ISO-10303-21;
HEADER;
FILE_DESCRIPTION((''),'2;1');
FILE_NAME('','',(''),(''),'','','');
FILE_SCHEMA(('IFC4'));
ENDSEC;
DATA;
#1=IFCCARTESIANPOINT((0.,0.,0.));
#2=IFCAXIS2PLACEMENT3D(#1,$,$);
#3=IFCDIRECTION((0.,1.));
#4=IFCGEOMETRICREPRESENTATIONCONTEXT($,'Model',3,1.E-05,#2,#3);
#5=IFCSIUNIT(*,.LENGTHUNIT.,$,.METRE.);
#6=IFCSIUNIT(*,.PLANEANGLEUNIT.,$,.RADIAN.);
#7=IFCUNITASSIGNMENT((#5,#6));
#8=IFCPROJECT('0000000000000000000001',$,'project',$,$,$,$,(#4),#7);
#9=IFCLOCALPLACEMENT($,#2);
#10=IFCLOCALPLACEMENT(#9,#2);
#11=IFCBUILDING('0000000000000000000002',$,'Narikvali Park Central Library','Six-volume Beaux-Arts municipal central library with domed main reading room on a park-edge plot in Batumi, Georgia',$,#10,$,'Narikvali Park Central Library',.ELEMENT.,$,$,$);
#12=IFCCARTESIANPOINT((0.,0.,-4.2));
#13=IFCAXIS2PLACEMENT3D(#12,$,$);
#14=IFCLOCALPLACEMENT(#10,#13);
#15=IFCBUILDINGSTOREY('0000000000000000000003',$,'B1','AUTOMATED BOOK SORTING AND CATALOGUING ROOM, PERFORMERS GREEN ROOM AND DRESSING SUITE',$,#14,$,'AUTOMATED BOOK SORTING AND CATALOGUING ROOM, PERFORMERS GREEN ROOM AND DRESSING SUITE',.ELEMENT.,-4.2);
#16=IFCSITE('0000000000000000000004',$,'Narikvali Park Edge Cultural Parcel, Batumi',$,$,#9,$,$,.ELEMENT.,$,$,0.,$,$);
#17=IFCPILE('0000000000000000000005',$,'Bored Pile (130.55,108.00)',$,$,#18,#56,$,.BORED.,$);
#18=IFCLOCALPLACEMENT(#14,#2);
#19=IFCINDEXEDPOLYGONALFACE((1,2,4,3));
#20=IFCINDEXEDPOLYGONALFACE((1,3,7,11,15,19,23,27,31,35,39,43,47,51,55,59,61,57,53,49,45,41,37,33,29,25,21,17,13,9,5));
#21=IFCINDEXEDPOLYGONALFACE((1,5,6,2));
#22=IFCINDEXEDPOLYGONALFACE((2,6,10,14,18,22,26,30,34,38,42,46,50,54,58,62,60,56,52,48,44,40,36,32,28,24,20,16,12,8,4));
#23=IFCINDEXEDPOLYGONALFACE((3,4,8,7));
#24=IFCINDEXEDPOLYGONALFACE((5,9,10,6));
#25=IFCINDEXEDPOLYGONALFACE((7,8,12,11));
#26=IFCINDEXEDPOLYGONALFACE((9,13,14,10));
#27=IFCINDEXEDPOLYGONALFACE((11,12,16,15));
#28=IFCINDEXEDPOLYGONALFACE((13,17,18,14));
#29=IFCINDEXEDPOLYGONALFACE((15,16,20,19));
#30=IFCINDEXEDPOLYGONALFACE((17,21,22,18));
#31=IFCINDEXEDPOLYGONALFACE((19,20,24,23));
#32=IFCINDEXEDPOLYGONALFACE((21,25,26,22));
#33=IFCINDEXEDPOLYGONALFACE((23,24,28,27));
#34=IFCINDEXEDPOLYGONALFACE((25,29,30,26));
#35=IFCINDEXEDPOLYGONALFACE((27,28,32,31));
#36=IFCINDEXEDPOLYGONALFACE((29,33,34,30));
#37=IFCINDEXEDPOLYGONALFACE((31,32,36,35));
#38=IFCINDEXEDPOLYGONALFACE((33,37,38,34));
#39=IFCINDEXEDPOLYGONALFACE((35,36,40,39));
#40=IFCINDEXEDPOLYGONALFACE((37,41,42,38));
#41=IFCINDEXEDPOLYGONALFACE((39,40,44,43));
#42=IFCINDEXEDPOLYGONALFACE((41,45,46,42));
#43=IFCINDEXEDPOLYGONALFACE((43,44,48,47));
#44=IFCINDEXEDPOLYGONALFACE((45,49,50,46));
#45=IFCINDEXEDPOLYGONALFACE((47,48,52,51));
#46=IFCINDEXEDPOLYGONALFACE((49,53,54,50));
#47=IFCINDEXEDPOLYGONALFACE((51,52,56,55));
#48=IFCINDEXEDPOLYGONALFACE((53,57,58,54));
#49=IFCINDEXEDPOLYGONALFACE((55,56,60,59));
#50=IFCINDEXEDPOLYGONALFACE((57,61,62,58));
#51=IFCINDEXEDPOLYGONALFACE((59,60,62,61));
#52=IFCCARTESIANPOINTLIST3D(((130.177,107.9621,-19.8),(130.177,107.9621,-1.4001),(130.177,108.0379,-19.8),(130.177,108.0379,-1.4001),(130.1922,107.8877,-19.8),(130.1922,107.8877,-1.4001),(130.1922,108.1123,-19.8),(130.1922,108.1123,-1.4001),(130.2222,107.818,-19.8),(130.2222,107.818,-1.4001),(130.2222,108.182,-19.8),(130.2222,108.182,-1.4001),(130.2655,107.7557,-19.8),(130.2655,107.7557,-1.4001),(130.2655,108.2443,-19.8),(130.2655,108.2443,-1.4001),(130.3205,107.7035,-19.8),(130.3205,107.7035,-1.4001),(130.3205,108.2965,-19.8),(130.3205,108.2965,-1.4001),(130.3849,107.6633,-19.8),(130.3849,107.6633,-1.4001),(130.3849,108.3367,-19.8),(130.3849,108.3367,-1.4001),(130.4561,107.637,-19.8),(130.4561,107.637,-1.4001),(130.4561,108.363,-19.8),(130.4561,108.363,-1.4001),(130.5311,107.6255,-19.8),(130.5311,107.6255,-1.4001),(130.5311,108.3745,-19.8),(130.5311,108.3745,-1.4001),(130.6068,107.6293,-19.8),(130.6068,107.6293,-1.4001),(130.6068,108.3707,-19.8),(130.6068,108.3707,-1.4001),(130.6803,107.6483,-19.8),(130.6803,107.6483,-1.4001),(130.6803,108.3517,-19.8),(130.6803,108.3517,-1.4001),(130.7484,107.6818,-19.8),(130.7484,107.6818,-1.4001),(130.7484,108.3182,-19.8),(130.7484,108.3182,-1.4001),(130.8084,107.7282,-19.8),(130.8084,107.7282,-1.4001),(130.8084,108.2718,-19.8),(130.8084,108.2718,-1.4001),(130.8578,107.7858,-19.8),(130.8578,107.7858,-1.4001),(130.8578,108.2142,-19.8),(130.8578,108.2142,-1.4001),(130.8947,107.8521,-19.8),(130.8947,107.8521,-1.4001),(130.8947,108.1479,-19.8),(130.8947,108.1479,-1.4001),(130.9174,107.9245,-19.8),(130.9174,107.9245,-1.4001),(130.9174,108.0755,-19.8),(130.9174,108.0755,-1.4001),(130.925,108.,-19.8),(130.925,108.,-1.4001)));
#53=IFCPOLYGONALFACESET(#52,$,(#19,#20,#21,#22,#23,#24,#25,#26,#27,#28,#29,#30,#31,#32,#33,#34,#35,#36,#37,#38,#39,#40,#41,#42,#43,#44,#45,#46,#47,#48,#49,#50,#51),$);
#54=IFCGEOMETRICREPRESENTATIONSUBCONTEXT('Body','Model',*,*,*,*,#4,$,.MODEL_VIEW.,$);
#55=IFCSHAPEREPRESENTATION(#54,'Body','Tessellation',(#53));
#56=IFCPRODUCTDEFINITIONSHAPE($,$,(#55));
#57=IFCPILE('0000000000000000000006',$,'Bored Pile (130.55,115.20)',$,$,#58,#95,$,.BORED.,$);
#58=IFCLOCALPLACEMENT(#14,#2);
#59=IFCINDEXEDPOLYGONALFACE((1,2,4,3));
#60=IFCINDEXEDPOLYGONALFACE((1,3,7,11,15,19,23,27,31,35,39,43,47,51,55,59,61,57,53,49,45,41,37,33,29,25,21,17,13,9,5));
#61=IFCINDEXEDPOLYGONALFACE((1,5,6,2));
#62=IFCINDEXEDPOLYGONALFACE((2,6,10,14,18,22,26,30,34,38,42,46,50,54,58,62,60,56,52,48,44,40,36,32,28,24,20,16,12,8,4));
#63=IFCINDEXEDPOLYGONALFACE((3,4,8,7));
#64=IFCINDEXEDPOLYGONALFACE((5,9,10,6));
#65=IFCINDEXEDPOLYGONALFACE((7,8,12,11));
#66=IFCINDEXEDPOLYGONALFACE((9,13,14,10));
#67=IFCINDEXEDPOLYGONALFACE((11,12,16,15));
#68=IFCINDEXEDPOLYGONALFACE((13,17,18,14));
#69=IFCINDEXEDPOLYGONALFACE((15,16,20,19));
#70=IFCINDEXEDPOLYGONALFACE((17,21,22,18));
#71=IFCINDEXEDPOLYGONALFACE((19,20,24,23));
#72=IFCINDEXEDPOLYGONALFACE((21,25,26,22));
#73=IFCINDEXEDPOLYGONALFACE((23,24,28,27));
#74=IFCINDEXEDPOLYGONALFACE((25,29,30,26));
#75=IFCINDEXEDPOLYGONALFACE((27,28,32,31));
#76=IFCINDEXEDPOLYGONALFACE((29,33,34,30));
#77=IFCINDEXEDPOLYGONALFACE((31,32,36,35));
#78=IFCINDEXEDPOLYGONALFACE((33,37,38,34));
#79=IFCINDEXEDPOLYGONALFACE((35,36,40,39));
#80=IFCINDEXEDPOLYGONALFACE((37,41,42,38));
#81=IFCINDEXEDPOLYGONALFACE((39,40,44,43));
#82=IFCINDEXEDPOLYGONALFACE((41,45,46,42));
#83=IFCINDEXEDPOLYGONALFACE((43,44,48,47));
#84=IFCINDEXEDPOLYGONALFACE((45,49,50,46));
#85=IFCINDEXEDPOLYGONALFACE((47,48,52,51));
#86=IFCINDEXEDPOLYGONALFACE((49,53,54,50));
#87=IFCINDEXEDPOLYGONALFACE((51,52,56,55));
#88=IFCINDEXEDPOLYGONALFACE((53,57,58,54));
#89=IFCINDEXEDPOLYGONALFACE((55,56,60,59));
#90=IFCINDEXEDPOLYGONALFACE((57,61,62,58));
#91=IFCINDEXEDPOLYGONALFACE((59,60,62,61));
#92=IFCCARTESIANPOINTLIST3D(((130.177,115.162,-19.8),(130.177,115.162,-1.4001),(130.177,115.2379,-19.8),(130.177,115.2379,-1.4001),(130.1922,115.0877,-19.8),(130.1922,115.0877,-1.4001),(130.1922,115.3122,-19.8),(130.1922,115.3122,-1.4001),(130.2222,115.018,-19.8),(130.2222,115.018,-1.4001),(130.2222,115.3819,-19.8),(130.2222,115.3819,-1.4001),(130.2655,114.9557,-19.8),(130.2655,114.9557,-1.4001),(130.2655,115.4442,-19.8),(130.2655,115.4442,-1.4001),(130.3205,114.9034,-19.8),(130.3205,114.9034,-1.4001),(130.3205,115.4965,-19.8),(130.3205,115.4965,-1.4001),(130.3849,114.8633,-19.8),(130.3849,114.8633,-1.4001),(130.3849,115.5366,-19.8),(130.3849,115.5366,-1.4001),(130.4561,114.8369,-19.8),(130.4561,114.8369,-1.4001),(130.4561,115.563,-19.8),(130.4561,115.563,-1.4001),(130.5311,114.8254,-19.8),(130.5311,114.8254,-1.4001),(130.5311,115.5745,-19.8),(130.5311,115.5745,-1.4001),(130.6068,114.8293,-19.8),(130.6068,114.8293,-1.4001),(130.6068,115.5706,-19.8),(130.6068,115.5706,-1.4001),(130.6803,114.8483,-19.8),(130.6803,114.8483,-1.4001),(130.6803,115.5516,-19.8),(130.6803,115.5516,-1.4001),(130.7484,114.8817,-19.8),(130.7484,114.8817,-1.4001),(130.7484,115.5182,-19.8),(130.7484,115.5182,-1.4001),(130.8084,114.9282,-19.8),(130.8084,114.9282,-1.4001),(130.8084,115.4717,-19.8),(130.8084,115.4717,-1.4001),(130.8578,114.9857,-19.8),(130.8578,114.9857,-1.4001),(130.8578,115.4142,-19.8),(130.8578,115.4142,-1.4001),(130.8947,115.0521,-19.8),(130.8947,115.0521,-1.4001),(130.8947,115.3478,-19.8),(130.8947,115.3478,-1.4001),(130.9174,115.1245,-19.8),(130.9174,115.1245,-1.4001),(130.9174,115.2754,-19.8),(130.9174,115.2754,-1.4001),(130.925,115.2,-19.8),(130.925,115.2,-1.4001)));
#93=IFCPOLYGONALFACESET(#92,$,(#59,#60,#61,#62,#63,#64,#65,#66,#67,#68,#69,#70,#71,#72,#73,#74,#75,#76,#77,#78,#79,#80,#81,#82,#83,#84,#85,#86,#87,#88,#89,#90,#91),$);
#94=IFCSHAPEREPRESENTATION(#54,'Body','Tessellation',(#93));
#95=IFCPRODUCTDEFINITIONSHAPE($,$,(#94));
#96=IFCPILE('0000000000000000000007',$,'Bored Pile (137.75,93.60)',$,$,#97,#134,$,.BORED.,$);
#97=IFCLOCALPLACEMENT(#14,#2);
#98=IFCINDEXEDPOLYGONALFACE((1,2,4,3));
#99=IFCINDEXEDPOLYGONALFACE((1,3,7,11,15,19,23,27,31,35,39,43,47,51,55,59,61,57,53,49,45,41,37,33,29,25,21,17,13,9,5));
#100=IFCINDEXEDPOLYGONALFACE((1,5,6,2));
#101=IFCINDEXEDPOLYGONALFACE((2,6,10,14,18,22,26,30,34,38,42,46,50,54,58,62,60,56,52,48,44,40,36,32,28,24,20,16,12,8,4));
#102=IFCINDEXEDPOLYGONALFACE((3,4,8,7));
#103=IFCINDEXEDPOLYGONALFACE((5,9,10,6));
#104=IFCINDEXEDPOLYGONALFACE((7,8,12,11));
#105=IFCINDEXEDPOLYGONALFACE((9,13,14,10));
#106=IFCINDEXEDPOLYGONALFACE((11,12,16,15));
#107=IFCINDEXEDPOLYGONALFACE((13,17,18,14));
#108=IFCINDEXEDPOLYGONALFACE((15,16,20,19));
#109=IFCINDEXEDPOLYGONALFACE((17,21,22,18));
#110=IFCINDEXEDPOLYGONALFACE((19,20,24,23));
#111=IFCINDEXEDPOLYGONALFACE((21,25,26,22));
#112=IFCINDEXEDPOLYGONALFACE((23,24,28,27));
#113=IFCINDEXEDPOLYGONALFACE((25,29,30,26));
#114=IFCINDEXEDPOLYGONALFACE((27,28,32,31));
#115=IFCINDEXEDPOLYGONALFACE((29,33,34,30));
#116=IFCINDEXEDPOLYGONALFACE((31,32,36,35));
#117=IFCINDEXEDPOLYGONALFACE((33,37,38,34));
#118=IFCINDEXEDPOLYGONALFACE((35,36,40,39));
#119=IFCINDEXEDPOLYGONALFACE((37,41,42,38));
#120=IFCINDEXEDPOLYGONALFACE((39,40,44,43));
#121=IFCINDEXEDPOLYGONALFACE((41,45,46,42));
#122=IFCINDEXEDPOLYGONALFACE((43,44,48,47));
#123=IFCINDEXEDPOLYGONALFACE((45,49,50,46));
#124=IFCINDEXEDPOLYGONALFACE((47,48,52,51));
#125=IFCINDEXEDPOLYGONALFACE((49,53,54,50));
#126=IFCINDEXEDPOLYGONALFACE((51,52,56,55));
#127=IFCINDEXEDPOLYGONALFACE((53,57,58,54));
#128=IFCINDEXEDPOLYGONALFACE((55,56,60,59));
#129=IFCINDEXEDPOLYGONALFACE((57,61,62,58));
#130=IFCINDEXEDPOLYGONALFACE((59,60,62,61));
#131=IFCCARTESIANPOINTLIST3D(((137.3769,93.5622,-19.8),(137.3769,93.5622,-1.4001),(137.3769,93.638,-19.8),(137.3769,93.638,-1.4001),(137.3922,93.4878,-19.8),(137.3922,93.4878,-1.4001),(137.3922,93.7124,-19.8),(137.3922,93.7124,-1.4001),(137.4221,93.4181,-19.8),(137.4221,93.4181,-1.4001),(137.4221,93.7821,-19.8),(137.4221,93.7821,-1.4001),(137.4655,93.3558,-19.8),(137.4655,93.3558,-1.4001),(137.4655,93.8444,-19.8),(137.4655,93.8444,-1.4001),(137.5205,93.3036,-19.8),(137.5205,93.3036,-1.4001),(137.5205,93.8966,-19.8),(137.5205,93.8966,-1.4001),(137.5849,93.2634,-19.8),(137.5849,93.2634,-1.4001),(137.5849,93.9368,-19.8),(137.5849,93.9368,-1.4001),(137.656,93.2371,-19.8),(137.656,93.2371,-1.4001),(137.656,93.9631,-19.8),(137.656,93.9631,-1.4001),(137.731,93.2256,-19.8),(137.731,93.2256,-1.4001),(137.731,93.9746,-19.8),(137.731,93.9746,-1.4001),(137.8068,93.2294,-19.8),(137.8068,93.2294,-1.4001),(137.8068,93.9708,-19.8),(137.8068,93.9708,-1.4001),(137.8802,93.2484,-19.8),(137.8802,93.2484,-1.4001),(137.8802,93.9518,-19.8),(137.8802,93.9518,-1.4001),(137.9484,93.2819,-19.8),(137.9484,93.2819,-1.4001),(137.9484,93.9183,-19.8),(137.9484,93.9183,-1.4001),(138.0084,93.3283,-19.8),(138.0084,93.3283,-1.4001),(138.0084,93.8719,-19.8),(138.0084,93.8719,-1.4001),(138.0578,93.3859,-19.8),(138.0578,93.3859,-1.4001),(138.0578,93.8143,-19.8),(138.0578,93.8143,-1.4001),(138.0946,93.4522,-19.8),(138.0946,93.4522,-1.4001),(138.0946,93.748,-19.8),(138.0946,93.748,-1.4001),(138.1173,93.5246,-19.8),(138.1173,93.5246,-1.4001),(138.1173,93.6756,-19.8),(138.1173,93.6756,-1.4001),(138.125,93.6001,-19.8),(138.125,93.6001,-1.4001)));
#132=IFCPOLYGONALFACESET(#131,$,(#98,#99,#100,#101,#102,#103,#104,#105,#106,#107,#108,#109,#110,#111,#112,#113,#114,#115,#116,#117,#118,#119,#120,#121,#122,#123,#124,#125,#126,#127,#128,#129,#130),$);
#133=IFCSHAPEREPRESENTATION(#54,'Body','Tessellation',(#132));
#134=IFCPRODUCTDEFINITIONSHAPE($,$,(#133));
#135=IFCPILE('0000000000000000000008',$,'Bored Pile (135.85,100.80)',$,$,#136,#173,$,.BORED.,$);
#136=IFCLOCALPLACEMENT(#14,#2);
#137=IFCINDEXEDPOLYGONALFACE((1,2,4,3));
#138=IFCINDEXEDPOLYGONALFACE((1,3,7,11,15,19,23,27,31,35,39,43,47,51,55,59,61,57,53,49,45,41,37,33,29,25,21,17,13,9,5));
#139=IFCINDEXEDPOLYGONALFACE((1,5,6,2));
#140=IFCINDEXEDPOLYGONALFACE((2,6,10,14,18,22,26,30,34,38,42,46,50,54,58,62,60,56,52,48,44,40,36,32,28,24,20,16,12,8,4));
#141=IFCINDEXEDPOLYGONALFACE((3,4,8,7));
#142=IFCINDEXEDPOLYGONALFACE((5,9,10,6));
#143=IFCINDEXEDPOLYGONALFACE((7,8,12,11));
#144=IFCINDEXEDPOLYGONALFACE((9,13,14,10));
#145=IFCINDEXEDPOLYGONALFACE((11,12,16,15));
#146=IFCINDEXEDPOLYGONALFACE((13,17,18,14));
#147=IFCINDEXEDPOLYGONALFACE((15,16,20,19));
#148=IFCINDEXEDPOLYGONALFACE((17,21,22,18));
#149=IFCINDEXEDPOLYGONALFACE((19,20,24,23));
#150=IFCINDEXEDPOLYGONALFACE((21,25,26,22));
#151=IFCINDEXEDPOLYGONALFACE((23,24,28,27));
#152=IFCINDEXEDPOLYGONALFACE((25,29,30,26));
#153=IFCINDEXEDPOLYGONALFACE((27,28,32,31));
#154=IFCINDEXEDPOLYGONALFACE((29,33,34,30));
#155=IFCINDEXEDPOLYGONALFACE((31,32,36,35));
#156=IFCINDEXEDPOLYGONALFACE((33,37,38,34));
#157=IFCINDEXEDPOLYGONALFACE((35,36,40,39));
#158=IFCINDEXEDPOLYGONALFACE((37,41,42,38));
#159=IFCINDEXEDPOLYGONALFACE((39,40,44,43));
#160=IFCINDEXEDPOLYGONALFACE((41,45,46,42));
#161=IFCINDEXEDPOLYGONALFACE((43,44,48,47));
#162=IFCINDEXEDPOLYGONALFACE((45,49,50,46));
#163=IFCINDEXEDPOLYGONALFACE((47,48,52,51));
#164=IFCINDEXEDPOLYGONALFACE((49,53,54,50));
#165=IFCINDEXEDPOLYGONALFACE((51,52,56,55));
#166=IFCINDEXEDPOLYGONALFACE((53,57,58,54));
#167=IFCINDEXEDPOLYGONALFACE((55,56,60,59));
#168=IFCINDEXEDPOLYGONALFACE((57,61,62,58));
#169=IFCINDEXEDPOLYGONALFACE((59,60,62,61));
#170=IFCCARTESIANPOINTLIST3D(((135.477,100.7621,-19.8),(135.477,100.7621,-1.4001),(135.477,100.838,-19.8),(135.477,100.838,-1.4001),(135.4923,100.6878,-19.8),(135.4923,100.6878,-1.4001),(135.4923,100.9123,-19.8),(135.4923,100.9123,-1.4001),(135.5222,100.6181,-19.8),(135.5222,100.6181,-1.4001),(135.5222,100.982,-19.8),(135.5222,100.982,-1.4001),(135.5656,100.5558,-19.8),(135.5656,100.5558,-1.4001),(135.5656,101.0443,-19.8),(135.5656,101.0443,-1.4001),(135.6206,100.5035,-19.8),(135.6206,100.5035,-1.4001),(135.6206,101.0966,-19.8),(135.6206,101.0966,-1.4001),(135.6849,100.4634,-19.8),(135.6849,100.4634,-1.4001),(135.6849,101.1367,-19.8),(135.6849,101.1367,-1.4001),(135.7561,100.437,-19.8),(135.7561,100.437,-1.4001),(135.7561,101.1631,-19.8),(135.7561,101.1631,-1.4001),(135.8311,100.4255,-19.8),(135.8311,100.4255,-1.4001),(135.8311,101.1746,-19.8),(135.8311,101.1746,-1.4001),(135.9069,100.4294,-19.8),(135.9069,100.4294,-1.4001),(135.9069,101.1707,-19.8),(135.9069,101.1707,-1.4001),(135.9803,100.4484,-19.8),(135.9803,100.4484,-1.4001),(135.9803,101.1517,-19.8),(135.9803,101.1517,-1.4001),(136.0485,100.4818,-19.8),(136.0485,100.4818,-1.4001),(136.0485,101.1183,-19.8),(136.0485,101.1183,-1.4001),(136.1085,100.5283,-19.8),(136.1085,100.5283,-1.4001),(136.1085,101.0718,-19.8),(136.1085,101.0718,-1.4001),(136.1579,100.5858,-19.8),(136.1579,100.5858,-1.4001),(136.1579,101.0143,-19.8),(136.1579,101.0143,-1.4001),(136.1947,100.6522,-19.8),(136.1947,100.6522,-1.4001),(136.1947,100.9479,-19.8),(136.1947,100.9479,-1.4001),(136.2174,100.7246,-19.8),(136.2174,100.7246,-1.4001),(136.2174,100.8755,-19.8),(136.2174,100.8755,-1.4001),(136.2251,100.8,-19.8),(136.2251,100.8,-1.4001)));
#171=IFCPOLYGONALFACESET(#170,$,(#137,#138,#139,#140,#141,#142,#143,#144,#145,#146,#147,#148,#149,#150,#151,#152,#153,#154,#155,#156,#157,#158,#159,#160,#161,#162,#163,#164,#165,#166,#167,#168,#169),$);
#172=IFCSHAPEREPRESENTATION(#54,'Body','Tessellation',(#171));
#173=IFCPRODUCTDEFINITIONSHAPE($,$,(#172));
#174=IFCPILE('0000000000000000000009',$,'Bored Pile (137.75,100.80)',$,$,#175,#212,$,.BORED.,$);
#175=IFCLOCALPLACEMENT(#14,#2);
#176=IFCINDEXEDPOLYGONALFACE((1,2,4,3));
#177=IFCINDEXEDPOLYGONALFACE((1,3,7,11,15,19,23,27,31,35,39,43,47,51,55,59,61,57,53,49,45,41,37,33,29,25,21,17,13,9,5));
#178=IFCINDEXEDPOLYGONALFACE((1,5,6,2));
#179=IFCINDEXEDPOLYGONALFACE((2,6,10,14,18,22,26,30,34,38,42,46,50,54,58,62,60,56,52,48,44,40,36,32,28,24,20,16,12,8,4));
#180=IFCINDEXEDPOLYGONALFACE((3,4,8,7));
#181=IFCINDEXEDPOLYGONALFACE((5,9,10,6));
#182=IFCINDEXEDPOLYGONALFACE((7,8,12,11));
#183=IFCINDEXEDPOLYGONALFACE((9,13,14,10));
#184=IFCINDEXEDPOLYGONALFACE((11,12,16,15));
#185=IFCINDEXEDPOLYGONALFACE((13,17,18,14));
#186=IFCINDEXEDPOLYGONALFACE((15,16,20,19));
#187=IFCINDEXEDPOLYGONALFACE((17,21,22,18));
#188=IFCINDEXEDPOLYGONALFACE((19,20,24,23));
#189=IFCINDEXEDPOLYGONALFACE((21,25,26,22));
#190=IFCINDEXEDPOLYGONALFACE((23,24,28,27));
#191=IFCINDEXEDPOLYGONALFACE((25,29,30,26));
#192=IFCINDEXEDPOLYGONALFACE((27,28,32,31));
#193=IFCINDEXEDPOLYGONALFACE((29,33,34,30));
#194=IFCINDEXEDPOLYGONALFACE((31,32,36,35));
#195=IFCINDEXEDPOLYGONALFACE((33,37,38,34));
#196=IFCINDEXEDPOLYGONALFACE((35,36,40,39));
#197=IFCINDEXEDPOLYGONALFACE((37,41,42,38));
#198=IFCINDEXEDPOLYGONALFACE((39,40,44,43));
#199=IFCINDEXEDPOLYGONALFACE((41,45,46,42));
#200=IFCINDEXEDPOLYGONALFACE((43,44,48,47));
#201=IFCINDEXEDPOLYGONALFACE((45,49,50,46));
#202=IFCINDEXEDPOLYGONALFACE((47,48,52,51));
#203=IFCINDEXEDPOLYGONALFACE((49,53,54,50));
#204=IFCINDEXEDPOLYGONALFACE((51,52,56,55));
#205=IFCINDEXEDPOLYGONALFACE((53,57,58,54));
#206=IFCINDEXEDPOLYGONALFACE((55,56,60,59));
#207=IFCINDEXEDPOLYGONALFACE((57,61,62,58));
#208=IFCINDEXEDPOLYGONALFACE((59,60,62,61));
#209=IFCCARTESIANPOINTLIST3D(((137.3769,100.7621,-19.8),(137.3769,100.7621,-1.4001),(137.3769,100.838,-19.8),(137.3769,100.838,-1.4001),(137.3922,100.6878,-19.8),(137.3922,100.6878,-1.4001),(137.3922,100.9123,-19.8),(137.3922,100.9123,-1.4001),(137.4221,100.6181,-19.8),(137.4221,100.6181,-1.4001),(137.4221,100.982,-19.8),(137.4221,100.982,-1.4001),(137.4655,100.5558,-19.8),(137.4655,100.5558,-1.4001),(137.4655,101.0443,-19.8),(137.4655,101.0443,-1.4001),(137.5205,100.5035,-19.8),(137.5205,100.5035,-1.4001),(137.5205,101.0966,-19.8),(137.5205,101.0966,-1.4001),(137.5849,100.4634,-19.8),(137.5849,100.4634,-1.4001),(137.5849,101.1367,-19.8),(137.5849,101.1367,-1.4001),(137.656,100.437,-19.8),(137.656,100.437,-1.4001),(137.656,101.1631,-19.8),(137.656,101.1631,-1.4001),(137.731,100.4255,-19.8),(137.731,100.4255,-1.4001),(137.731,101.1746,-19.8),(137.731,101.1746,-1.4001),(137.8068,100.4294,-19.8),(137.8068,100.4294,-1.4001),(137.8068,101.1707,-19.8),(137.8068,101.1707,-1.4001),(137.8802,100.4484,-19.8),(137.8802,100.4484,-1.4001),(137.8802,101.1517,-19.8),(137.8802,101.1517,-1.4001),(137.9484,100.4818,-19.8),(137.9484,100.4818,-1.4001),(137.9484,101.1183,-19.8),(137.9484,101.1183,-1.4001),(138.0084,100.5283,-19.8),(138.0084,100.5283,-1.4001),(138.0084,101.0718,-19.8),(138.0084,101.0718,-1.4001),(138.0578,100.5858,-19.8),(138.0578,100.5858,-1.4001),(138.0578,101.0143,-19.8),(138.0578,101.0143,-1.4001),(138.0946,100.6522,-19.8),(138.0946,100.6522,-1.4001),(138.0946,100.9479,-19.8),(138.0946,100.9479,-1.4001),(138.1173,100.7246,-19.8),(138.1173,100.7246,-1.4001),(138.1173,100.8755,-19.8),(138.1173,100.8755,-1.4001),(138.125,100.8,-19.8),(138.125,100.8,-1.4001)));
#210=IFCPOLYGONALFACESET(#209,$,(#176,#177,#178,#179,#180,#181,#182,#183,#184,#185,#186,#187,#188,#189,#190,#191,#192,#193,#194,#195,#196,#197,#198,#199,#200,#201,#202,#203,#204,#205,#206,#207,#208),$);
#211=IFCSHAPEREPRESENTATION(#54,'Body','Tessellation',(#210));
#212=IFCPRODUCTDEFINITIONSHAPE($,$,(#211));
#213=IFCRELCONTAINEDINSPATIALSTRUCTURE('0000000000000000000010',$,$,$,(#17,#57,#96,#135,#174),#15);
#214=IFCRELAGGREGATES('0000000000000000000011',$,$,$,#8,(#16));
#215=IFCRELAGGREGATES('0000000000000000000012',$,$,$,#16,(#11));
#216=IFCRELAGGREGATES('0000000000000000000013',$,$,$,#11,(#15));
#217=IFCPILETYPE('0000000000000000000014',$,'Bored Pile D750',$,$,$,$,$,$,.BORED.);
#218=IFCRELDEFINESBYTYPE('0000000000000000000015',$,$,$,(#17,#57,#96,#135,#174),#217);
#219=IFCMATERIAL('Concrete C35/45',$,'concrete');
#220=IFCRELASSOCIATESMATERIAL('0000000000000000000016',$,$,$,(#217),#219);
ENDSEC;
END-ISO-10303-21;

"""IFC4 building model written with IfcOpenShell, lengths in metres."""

from ifc_helpers import new_model, si_unit, direction, frame, origin, origin_2d, place, context, subcontext, project, spatial, circle, extrude, material, material_profile, profile_set, type_object, element, save


model = new_model("IFC4")

# Units and contexts
model_context = context("Model", 3, precision=1e-05, world=origin(), true_north=direction((0.0, 1.0)))
body_context = subcontext(model_context, "Body", "Model", "MODEL_VIEW")
ifc_project = project(units=[si_unit("LENGTHUNIT", "METRE"), si_unit("PLANEANGLEUNIT", "RADIAN")], contexts=[model_context])

# Site, building, storey
site_placement = place(None, origin())
site = spatial("IfcSite", under=ifc_project, at=site_placement, Name="Narikvali Park Edge Cultural Parcel, Batumi", CompositionType="ELEMENT", RefElevation=0.0)
building_placement = place(site_placement, origin())
building = spatial("IfcBuilding", under=site, at=building_placement, Name="Narikvali Park Central Library", Description="Six-volume Beaux-Arts municipal central library with domed main reading room on a park-edge plot in Batumi, Georgia", LongName="Narikvali Park Central Library", CompositionType="ELEMENT")
storey_placement = place(building_placement, frame((0.0, 0.0, -4.2)))
storey = spatial("IfcBuildingStorey", under=building, at=storey_placement, Name="B1", Description="AUTOMATED BOOK SORTING AND CATALOGUING ROOM, PERFORMERS GREEN ROOM AND DRESSING SUITE", LongName="AUTOMATED BOOK SORTING AND CATALOGUING ROOM, PERFORMERS GREEN ROOM AND DRESSING SUITE", CompositionType="ELEMENT", Elevation=-4.2)

# Piles
ifc_material_1 = material(Name="Concrete C35/45", Category="concrete")
ifc_material_profile_1 = material_profile(ifc_material_1, circle(Radius=0.375, at=origin_2d()), Name="PILE D750")
ifc_profile_set_1 = profile_set([ifc_material_profile_1], Name="Concrete C35/45")
pile_type = type_object("IfcPileType", Name="Bored Pile D750", PredefinedType="BORED", material=ifc_profile_set_1)
for number, where, z_axis, x_axis, name in (
    (1, (130.55, 108.0, -1.4001), (0.0, 0.0, -1.0), (1.0, 0.0, 0.0), "Bored Pile (130.55,108.00)"),
    (2, (130.55, 115.2, -1.4001), (0.0, 0.0, -1.0), (1.0, 0.0, 0.0), "Bored Pile (130.55,115.20)"),
    (3, (137.75, 93.6001, -1.4001), (0.0, 0.0, -1.0), (1.0, 0.0, 0.0), "Bored Pile (137.75,93.60)"),
    (4, (135.8501, 100.8, -1.4001), (0.0, 0.0, -1.0), (1.0, 0.0, 0.0), "Bored Pile (135.85,100.80)"),
    (5, (137.75, 100.8, -1.4001), (0.0, 0.0, -1.0), (1.0, 0.0, 0.0), "Bored Pile (137.75,100.80)"),
):
    element("IfcPile", number, at=place(storey_placement, frame(where, z_axis=z_axis, x_axis=x_axis)), inside=storey, type_object=pile_type, Name=name, PredefinedType="BORED", context=body_context, shape_type="SweptSolid", body=[
        extrude(circle(Radius=0.375, at=origin_2d()), origin(), (0.0, 0.0, 1.0), 18.3999),
    ])

save(model, "model.ifc")
